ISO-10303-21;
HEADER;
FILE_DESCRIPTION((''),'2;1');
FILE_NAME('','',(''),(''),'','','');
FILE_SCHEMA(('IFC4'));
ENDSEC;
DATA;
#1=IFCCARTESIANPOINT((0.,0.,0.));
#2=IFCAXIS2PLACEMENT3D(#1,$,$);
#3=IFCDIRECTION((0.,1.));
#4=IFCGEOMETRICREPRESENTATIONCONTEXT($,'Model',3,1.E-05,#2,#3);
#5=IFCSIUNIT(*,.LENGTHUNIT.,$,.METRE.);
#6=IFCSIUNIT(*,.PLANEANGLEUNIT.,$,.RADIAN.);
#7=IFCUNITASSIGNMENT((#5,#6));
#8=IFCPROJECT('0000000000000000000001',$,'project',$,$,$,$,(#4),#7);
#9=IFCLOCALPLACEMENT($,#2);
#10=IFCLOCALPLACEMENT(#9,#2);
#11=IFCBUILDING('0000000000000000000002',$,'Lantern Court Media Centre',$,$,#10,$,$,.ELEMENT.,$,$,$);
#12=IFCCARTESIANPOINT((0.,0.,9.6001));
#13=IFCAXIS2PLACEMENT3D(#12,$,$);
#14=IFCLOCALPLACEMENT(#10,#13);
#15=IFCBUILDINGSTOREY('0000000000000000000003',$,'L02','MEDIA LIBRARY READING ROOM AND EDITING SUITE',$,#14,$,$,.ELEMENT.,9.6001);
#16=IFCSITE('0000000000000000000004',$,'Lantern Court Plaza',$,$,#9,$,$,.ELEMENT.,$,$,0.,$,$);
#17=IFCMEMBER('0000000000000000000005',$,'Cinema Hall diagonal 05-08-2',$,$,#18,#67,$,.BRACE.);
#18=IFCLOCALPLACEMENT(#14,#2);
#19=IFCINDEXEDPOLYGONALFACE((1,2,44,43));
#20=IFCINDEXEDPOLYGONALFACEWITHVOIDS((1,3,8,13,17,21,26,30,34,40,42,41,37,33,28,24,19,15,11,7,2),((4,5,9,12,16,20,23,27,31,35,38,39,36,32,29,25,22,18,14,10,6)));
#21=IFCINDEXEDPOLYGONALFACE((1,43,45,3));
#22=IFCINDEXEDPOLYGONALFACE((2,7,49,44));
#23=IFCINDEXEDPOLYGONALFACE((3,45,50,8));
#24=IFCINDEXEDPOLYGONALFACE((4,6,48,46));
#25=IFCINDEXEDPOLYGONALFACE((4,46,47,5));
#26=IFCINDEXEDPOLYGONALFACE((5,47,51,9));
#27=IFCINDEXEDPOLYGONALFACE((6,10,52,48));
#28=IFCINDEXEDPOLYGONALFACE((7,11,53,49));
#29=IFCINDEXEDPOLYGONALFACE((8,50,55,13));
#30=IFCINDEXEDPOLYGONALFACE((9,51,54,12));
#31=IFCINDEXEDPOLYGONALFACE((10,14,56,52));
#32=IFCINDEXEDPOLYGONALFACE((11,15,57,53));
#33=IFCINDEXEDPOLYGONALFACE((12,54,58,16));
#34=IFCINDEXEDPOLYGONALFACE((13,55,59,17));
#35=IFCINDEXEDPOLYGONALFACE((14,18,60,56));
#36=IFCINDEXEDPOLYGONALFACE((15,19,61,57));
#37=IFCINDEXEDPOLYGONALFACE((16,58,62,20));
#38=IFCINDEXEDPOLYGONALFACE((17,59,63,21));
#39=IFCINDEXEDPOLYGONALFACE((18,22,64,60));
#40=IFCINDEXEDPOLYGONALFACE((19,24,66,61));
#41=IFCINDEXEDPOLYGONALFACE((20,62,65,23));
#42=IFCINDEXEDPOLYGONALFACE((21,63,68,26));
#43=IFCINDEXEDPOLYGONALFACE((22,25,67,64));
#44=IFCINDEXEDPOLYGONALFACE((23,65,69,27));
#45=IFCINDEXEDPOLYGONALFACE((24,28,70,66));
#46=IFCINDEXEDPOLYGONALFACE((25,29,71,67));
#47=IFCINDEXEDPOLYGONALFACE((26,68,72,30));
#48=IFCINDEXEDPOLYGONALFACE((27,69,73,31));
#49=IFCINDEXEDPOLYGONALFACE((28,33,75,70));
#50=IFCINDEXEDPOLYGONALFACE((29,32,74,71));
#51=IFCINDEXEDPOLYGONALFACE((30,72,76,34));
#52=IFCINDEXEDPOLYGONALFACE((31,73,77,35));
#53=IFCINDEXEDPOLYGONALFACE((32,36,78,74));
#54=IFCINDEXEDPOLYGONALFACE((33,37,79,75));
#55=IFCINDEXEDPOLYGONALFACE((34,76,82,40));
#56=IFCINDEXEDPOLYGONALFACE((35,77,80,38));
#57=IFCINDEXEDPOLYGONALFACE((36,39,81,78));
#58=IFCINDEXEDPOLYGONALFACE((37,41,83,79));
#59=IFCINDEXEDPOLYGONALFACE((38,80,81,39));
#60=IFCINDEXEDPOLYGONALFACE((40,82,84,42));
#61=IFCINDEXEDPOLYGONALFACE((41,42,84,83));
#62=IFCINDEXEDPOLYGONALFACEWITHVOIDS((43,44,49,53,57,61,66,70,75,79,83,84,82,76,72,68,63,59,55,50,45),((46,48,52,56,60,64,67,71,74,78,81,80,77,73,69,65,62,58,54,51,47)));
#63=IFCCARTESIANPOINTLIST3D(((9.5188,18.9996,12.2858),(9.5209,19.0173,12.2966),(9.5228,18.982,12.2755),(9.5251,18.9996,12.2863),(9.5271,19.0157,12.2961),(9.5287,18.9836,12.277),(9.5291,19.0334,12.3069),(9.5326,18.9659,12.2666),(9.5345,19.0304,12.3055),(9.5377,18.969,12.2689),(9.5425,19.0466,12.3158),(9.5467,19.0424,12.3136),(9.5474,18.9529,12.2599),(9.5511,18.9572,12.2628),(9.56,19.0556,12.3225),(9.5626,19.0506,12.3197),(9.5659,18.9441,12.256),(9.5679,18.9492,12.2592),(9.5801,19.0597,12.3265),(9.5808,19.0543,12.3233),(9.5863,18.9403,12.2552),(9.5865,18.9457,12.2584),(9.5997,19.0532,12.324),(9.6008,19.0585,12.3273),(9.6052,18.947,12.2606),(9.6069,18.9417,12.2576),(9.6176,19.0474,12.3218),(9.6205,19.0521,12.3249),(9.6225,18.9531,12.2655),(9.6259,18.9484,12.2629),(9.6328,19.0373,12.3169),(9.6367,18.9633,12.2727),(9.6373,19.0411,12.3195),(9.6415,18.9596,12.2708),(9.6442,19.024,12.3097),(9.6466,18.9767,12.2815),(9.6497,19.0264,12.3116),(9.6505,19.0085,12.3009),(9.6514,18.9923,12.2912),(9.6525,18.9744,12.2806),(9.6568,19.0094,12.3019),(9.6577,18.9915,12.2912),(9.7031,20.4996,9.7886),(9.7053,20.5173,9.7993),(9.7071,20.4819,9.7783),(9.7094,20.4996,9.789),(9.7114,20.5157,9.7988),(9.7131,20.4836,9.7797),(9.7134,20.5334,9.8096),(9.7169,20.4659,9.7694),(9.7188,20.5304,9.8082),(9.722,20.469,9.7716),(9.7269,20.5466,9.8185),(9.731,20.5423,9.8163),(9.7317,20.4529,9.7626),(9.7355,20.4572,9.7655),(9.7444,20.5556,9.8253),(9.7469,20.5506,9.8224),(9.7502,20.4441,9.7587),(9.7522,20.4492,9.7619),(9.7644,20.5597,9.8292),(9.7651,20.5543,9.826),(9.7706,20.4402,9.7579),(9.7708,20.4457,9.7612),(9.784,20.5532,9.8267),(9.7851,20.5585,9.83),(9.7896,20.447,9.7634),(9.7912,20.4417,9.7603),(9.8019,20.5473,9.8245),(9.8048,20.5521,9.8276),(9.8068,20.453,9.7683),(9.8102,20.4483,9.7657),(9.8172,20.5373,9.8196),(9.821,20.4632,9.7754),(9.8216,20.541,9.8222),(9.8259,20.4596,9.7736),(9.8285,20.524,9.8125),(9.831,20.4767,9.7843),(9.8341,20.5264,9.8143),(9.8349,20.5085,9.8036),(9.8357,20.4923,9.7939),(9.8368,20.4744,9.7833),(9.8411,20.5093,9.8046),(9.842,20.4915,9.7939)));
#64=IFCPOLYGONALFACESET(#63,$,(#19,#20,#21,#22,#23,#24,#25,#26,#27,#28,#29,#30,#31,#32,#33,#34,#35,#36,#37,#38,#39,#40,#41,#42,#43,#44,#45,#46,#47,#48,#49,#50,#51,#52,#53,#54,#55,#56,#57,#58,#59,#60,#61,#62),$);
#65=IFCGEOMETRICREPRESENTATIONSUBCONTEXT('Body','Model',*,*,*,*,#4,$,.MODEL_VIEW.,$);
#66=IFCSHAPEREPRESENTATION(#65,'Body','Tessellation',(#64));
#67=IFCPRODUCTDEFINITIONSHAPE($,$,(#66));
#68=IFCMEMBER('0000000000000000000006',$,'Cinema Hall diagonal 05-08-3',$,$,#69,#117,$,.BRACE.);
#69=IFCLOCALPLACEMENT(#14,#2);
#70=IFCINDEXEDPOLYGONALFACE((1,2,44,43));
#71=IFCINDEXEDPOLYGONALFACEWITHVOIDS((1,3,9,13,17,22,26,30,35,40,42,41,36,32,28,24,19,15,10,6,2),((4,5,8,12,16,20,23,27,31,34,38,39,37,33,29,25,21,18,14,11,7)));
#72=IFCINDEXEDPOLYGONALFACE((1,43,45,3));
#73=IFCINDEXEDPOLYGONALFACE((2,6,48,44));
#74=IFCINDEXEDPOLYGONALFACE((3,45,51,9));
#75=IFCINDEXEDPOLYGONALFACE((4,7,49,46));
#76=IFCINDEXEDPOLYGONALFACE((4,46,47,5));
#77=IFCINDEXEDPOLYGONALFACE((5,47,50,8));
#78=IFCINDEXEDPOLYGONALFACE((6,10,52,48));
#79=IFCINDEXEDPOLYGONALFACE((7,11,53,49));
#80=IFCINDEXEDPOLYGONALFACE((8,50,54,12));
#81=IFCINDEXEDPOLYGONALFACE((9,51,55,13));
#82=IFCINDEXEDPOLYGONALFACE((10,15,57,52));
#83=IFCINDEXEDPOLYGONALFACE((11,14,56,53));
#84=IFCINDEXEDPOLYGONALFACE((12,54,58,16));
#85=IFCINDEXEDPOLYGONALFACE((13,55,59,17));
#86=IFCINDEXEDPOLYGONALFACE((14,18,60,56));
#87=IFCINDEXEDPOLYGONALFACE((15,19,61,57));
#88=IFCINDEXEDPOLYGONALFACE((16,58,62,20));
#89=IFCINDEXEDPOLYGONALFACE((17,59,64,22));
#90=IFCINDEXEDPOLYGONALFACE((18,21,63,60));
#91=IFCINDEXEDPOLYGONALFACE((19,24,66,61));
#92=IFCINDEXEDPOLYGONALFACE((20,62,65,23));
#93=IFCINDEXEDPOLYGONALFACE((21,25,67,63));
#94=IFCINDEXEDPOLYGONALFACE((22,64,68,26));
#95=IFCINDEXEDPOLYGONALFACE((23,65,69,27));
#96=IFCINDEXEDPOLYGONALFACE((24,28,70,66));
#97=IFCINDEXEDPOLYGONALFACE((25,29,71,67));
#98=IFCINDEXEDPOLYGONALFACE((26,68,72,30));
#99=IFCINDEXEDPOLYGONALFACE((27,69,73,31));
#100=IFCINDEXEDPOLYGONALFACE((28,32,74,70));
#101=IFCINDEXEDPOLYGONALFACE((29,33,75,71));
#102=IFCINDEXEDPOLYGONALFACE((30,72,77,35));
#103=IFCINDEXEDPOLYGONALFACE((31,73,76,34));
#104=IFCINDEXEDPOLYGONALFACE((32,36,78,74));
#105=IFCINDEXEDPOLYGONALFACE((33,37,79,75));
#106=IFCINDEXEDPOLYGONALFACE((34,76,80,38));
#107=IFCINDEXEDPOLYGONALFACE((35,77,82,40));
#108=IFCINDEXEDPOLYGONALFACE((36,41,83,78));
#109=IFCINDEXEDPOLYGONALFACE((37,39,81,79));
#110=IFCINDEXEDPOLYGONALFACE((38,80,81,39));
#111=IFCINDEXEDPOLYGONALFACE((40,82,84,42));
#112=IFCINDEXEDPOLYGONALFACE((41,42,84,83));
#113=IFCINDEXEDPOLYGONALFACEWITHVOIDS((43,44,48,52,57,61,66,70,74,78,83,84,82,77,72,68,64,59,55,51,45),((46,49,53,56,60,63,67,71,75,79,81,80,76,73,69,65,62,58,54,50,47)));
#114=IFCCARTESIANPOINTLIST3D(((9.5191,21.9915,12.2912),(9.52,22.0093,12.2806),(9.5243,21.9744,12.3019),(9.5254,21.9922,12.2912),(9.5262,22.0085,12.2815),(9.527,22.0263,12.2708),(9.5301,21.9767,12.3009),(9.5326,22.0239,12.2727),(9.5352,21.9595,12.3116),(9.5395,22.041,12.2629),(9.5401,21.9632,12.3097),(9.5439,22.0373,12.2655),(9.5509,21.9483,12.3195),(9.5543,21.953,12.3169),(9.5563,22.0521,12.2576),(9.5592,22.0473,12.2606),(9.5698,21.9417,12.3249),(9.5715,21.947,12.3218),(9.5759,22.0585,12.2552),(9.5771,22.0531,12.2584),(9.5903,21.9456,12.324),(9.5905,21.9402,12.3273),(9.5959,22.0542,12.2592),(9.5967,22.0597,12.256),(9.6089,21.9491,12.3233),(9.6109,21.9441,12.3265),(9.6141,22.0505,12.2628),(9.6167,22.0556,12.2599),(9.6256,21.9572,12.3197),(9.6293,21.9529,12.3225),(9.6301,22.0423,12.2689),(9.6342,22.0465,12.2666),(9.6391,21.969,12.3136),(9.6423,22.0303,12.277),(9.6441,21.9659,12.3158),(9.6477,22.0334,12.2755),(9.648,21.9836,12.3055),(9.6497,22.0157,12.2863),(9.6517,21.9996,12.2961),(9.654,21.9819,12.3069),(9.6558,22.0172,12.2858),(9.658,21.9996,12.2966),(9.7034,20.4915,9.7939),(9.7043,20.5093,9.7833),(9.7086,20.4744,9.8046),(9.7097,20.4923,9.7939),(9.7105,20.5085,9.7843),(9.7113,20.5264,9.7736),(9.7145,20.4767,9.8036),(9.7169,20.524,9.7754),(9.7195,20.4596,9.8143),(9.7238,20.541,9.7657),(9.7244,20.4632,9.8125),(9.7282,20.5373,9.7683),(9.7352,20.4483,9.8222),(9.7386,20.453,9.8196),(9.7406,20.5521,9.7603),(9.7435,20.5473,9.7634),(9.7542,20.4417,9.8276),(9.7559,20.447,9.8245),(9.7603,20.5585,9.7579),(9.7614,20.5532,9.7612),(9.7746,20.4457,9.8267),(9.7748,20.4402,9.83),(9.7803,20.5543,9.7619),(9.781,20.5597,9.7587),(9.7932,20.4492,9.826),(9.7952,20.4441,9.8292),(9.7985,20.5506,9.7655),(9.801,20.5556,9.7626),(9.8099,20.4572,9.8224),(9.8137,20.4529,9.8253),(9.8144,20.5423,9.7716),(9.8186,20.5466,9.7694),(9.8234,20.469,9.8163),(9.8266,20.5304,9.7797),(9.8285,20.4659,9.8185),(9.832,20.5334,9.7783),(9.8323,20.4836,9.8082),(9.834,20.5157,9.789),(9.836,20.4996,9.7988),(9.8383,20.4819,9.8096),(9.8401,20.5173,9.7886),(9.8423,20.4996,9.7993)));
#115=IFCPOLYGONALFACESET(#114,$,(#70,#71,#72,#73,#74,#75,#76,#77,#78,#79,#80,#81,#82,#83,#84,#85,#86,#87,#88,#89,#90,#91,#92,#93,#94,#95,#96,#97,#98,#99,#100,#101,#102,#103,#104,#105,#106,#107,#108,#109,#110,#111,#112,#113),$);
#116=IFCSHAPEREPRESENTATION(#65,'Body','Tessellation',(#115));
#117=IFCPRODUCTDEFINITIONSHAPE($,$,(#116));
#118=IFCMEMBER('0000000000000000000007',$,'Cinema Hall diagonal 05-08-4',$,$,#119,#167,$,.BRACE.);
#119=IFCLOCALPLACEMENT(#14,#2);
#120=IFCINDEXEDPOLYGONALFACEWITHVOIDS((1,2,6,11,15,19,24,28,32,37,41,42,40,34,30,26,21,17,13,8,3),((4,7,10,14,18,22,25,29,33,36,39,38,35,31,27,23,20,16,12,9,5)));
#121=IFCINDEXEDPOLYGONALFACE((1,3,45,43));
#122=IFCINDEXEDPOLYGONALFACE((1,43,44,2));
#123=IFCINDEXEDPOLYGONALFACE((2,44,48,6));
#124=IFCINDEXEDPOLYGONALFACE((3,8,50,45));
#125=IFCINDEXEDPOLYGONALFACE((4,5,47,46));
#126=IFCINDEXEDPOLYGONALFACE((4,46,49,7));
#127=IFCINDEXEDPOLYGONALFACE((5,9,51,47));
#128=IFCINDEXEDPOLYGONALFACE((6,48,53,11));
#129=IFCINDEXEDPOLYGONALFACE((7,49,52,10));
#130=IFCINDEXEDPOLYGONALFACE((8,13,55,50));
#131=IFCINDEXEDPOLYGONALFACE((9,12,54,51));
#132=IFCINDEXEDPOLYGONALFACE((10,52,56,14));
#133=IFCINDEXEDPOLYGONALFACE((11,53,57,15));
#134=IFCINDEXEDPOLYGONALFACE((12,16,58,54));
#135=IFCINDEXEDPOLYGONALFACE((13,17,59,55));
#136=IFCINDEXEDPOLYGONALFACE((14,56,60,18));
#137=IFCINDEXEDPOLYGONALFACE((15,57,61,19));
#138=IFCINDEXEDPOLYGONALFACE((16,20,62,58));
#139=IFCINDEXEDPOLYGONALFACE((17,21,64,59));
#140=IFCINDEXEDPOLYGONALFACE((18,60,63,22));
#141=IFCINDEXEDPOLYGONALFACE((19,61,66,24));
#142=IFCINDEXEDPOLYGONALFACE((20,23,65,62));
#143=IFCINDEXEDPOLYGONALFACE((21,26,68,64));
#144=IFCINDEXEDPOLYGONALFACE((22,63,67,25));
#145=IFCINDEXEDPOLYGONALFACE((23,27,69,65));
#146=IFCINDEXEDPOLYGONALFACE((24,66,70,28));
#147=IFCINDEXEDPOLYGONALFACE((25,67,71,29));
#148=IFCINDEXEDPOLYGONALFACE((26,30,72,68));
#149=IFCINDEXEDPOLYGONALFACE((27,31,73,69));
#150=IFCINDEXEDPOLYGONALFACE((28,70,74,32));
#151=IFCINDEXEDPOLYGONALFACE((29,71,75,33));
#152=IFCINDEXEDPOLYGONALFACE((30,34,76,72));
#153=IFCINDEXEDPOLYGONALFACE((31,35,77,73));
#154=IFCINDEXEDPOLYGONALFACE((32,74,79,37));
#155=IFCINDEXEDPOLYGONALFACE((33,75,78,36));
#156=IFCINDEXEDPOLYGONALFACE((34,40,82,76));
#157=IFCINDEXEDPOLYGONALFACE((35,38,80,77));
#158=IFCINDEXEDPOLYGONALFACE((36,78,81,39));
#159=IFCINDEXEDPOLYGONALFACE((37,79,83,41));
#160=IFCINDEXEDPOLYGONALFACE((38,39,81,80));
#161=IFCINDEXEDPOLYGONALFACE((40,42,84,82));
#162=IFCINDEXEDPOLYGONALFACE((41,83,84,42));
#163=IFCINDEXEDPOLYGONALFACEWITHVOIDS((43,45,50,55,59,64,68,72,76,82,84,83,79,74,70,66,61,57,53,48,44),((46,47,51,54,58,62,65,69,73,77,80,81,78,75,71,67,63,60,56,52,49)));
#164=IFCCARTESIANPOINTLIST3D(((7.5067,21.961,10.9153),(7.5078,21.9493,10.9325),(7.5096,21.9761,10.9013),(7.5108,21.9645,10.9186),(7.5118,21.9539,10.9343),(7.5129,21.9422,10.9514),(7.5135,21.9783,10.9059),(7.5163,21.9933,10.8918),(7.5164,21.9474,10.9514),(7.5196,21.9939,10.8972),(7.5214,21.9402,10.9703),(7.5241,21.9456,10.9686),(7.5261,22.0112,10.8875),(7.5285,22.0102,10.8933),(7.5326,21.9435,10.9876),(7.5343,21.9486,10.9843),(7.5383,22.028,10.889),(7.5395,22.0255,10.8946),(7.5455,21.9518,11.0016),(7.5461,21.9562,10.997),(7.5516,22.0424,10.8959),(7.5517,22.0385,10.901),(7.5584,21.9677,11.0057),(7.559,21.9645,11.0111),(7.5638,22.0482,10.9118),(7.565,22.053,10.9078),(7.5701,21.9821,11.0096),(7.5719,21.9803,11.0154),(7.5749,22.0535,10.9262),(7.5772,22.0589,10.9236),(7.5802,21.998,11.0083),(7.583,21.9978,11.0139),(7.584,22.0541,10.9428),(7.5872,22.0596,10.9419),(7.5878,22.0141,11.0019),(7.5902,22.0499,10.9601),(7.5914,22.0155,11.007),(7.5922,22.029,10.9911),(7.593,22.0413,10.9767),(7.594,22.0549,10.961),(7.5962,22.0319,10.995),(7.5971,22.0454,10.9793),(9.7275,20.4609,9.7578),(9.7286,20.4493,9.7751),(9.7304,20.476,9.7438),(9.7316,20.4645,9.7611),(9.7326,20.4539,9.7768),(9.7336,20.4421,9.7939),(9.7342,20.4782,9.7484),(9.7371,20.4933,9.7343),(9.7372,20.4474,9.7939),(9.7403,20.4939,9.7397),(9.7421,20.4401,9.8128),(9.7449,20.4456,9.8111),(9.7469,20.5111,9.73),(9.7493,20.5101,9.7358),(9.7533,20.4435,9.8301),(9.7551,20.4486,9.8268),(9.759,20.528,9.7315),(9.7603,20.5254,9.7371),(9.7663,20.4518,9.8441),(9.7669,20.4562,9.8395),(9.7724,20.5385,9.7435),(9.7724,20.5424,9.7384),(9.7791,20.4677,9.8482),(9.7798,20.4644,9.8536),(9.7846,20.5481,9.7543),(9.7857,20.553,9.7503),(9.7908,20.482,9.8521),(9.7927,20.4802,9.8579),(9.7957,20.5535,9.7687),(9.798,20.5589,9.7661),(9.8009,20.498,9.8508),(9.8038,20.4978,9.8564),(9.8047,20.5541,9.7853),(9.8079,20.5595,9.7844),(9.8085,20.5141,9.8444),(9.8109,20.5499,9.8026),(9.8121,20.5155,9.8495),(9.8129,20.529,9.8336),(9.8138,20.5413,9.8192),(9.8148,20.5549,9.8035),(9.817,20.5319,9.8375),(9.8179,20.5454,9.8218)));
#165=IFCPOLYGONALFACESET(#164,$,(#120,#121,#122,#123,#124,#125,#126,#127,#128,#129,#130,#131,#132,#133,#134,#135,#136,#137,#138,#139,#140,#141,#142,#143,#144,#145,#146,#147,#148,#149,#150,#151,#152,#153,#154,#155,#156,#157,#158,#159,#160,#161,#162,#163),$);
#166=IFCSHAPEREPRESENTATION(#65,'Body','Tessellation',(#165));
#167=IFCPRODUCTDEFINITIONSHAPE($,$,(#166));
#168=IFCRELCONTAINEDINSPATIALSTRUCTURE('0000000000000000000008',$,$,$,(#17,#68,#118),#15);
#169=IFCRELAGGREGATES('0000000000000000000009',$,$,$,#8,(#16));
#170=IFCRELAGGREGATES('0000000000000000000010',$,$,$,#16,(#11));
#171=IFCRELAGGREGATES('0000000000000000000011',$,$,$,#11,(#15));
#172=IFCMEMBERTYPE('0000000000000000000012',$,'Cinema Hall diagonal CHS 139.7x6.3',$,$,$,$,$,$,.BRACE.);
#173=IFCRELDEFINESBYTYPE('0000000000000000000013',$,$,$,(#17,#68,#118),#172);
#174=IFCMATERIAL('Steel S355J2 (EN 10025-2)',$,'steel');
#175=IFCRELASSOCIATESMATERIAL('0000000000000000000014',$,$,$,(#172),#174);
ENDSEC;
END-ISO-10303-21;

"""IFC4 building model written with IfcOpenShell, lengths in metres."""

from ifc_helpers import new_model, si_unit, direction, frame, origin, origin_2d, place, context, subcontext, project, spatial, hollow_circle, extrude, material, material_profile, profile_set, type_object, element, save


model = new_model("IFC4")

# Units and contexts
model_context = context("Model", 3, precision=1e-05, world=origin(), true_north=direction((0.0, 1.0)))
body_context = subcontext(model_context, "Body", "Model", "MODEL_VIEW")
ifc_project = project(units=[si_unit("LENGTHUNIT", "METRE"), si_unit("PLANEANGLEUNIT", "RADIAN")], contexts=[model_context])

# Site, building, storey
site_placement = place(None, origin())
site = spatial("IfcSite", under=ifc_project, at=site_placement, Name="Lantern Court Plaza", CompositionType="ELEMENT", RefElevation=0.0)
building_placement = place(site_placement, origin())
building = spatial("IfcBuilding", under=site, at=building_placement, Name="Lantern Court Media Centre", CompositionType="ELEMENT")
storey_placement = place(building_placement, frame((0.0, 0.0, 9.6001)))
storey = spatial("IfcBuildingStorey", under=building, at=storey_placement, Name="L02", Description="MEDIA LIBRARY READING ROOM AND EDITING SUITE", CompositionType="ELEMENT", Elevation=9.6001)

# Members
ifc_material = material(Name="Steel S355J2 (EN 10025-2)", Category="steel")
ifc_material_profile_1 = material_profile(ifc_material, hollow_circle(Radius=0.0698, WallThickness=0.0063, at=origin_2d()), Name="Cinema Hall diagonal CHS 139.7x6.3")
ifc_profile_set_1 = profile_set([ifc_material_profile_1], Name="Steel S355J2 (EN 10025-2)")
member_type_1 = type_object("IfcMemberType", Name="Cinema Hall diagonal CHS 139.7x6.3", PredefinedType="BRACE", material=ifc_profile_set_1)
for number, where, z_axis, x_axis, name in (
    (1, (9.7727, 20.5, 9.7939), (-0.063147, -0.513875, 0.855538), (0.992534, -0.121967, 0.0), "Cinema Hall diagonal 05-08-2"),
    (2, (9.7727, 20.5, 9.7939), (-0.063147, 0.513875, 0.855538), (-0.992534, -0.121967, 0.0), "Cinema Hall diagonal 05-08-3"),
):
    element("IfcMember", number, at=place(storey_placement, frame(where, z_axis=z_axis, x_axis=x_axis)), inside=storey, type_object=member_type_1, Name=name, PredefinedType="BRACE", context=body_context, shape_type="SweptSolid", body=[
        extrude(hollow_circle(Radius=0.0698, WallThickness=0.0063, at=origin_2d()), origin(), (0.0, 0.0, 1.0), 2.9189),
    ])
member_1_placement = place(storey_placement, frame((9.7727, 20.5, 9.7939), z_axis=(-0.760744, 0.513854, 0.396514), x_axis=(-0.559736, -0.828671, 0.0)))
element("IfcMember", 3, at=member_1_placement, inside=storey, type_object=member_type_1, Name="Cinema Hall diagonal 05-08-4", PredefinedType="BRACE", context=body_context, shape_type="SweptSolid", body=[
    extrude(hollow_circle(Radius=0.0698, WallThickness=0.0063, at=origin_2d()), origin(), (0.0, 0.0, 1.0), 2.9192),
])

save(model, "model.ifc")
